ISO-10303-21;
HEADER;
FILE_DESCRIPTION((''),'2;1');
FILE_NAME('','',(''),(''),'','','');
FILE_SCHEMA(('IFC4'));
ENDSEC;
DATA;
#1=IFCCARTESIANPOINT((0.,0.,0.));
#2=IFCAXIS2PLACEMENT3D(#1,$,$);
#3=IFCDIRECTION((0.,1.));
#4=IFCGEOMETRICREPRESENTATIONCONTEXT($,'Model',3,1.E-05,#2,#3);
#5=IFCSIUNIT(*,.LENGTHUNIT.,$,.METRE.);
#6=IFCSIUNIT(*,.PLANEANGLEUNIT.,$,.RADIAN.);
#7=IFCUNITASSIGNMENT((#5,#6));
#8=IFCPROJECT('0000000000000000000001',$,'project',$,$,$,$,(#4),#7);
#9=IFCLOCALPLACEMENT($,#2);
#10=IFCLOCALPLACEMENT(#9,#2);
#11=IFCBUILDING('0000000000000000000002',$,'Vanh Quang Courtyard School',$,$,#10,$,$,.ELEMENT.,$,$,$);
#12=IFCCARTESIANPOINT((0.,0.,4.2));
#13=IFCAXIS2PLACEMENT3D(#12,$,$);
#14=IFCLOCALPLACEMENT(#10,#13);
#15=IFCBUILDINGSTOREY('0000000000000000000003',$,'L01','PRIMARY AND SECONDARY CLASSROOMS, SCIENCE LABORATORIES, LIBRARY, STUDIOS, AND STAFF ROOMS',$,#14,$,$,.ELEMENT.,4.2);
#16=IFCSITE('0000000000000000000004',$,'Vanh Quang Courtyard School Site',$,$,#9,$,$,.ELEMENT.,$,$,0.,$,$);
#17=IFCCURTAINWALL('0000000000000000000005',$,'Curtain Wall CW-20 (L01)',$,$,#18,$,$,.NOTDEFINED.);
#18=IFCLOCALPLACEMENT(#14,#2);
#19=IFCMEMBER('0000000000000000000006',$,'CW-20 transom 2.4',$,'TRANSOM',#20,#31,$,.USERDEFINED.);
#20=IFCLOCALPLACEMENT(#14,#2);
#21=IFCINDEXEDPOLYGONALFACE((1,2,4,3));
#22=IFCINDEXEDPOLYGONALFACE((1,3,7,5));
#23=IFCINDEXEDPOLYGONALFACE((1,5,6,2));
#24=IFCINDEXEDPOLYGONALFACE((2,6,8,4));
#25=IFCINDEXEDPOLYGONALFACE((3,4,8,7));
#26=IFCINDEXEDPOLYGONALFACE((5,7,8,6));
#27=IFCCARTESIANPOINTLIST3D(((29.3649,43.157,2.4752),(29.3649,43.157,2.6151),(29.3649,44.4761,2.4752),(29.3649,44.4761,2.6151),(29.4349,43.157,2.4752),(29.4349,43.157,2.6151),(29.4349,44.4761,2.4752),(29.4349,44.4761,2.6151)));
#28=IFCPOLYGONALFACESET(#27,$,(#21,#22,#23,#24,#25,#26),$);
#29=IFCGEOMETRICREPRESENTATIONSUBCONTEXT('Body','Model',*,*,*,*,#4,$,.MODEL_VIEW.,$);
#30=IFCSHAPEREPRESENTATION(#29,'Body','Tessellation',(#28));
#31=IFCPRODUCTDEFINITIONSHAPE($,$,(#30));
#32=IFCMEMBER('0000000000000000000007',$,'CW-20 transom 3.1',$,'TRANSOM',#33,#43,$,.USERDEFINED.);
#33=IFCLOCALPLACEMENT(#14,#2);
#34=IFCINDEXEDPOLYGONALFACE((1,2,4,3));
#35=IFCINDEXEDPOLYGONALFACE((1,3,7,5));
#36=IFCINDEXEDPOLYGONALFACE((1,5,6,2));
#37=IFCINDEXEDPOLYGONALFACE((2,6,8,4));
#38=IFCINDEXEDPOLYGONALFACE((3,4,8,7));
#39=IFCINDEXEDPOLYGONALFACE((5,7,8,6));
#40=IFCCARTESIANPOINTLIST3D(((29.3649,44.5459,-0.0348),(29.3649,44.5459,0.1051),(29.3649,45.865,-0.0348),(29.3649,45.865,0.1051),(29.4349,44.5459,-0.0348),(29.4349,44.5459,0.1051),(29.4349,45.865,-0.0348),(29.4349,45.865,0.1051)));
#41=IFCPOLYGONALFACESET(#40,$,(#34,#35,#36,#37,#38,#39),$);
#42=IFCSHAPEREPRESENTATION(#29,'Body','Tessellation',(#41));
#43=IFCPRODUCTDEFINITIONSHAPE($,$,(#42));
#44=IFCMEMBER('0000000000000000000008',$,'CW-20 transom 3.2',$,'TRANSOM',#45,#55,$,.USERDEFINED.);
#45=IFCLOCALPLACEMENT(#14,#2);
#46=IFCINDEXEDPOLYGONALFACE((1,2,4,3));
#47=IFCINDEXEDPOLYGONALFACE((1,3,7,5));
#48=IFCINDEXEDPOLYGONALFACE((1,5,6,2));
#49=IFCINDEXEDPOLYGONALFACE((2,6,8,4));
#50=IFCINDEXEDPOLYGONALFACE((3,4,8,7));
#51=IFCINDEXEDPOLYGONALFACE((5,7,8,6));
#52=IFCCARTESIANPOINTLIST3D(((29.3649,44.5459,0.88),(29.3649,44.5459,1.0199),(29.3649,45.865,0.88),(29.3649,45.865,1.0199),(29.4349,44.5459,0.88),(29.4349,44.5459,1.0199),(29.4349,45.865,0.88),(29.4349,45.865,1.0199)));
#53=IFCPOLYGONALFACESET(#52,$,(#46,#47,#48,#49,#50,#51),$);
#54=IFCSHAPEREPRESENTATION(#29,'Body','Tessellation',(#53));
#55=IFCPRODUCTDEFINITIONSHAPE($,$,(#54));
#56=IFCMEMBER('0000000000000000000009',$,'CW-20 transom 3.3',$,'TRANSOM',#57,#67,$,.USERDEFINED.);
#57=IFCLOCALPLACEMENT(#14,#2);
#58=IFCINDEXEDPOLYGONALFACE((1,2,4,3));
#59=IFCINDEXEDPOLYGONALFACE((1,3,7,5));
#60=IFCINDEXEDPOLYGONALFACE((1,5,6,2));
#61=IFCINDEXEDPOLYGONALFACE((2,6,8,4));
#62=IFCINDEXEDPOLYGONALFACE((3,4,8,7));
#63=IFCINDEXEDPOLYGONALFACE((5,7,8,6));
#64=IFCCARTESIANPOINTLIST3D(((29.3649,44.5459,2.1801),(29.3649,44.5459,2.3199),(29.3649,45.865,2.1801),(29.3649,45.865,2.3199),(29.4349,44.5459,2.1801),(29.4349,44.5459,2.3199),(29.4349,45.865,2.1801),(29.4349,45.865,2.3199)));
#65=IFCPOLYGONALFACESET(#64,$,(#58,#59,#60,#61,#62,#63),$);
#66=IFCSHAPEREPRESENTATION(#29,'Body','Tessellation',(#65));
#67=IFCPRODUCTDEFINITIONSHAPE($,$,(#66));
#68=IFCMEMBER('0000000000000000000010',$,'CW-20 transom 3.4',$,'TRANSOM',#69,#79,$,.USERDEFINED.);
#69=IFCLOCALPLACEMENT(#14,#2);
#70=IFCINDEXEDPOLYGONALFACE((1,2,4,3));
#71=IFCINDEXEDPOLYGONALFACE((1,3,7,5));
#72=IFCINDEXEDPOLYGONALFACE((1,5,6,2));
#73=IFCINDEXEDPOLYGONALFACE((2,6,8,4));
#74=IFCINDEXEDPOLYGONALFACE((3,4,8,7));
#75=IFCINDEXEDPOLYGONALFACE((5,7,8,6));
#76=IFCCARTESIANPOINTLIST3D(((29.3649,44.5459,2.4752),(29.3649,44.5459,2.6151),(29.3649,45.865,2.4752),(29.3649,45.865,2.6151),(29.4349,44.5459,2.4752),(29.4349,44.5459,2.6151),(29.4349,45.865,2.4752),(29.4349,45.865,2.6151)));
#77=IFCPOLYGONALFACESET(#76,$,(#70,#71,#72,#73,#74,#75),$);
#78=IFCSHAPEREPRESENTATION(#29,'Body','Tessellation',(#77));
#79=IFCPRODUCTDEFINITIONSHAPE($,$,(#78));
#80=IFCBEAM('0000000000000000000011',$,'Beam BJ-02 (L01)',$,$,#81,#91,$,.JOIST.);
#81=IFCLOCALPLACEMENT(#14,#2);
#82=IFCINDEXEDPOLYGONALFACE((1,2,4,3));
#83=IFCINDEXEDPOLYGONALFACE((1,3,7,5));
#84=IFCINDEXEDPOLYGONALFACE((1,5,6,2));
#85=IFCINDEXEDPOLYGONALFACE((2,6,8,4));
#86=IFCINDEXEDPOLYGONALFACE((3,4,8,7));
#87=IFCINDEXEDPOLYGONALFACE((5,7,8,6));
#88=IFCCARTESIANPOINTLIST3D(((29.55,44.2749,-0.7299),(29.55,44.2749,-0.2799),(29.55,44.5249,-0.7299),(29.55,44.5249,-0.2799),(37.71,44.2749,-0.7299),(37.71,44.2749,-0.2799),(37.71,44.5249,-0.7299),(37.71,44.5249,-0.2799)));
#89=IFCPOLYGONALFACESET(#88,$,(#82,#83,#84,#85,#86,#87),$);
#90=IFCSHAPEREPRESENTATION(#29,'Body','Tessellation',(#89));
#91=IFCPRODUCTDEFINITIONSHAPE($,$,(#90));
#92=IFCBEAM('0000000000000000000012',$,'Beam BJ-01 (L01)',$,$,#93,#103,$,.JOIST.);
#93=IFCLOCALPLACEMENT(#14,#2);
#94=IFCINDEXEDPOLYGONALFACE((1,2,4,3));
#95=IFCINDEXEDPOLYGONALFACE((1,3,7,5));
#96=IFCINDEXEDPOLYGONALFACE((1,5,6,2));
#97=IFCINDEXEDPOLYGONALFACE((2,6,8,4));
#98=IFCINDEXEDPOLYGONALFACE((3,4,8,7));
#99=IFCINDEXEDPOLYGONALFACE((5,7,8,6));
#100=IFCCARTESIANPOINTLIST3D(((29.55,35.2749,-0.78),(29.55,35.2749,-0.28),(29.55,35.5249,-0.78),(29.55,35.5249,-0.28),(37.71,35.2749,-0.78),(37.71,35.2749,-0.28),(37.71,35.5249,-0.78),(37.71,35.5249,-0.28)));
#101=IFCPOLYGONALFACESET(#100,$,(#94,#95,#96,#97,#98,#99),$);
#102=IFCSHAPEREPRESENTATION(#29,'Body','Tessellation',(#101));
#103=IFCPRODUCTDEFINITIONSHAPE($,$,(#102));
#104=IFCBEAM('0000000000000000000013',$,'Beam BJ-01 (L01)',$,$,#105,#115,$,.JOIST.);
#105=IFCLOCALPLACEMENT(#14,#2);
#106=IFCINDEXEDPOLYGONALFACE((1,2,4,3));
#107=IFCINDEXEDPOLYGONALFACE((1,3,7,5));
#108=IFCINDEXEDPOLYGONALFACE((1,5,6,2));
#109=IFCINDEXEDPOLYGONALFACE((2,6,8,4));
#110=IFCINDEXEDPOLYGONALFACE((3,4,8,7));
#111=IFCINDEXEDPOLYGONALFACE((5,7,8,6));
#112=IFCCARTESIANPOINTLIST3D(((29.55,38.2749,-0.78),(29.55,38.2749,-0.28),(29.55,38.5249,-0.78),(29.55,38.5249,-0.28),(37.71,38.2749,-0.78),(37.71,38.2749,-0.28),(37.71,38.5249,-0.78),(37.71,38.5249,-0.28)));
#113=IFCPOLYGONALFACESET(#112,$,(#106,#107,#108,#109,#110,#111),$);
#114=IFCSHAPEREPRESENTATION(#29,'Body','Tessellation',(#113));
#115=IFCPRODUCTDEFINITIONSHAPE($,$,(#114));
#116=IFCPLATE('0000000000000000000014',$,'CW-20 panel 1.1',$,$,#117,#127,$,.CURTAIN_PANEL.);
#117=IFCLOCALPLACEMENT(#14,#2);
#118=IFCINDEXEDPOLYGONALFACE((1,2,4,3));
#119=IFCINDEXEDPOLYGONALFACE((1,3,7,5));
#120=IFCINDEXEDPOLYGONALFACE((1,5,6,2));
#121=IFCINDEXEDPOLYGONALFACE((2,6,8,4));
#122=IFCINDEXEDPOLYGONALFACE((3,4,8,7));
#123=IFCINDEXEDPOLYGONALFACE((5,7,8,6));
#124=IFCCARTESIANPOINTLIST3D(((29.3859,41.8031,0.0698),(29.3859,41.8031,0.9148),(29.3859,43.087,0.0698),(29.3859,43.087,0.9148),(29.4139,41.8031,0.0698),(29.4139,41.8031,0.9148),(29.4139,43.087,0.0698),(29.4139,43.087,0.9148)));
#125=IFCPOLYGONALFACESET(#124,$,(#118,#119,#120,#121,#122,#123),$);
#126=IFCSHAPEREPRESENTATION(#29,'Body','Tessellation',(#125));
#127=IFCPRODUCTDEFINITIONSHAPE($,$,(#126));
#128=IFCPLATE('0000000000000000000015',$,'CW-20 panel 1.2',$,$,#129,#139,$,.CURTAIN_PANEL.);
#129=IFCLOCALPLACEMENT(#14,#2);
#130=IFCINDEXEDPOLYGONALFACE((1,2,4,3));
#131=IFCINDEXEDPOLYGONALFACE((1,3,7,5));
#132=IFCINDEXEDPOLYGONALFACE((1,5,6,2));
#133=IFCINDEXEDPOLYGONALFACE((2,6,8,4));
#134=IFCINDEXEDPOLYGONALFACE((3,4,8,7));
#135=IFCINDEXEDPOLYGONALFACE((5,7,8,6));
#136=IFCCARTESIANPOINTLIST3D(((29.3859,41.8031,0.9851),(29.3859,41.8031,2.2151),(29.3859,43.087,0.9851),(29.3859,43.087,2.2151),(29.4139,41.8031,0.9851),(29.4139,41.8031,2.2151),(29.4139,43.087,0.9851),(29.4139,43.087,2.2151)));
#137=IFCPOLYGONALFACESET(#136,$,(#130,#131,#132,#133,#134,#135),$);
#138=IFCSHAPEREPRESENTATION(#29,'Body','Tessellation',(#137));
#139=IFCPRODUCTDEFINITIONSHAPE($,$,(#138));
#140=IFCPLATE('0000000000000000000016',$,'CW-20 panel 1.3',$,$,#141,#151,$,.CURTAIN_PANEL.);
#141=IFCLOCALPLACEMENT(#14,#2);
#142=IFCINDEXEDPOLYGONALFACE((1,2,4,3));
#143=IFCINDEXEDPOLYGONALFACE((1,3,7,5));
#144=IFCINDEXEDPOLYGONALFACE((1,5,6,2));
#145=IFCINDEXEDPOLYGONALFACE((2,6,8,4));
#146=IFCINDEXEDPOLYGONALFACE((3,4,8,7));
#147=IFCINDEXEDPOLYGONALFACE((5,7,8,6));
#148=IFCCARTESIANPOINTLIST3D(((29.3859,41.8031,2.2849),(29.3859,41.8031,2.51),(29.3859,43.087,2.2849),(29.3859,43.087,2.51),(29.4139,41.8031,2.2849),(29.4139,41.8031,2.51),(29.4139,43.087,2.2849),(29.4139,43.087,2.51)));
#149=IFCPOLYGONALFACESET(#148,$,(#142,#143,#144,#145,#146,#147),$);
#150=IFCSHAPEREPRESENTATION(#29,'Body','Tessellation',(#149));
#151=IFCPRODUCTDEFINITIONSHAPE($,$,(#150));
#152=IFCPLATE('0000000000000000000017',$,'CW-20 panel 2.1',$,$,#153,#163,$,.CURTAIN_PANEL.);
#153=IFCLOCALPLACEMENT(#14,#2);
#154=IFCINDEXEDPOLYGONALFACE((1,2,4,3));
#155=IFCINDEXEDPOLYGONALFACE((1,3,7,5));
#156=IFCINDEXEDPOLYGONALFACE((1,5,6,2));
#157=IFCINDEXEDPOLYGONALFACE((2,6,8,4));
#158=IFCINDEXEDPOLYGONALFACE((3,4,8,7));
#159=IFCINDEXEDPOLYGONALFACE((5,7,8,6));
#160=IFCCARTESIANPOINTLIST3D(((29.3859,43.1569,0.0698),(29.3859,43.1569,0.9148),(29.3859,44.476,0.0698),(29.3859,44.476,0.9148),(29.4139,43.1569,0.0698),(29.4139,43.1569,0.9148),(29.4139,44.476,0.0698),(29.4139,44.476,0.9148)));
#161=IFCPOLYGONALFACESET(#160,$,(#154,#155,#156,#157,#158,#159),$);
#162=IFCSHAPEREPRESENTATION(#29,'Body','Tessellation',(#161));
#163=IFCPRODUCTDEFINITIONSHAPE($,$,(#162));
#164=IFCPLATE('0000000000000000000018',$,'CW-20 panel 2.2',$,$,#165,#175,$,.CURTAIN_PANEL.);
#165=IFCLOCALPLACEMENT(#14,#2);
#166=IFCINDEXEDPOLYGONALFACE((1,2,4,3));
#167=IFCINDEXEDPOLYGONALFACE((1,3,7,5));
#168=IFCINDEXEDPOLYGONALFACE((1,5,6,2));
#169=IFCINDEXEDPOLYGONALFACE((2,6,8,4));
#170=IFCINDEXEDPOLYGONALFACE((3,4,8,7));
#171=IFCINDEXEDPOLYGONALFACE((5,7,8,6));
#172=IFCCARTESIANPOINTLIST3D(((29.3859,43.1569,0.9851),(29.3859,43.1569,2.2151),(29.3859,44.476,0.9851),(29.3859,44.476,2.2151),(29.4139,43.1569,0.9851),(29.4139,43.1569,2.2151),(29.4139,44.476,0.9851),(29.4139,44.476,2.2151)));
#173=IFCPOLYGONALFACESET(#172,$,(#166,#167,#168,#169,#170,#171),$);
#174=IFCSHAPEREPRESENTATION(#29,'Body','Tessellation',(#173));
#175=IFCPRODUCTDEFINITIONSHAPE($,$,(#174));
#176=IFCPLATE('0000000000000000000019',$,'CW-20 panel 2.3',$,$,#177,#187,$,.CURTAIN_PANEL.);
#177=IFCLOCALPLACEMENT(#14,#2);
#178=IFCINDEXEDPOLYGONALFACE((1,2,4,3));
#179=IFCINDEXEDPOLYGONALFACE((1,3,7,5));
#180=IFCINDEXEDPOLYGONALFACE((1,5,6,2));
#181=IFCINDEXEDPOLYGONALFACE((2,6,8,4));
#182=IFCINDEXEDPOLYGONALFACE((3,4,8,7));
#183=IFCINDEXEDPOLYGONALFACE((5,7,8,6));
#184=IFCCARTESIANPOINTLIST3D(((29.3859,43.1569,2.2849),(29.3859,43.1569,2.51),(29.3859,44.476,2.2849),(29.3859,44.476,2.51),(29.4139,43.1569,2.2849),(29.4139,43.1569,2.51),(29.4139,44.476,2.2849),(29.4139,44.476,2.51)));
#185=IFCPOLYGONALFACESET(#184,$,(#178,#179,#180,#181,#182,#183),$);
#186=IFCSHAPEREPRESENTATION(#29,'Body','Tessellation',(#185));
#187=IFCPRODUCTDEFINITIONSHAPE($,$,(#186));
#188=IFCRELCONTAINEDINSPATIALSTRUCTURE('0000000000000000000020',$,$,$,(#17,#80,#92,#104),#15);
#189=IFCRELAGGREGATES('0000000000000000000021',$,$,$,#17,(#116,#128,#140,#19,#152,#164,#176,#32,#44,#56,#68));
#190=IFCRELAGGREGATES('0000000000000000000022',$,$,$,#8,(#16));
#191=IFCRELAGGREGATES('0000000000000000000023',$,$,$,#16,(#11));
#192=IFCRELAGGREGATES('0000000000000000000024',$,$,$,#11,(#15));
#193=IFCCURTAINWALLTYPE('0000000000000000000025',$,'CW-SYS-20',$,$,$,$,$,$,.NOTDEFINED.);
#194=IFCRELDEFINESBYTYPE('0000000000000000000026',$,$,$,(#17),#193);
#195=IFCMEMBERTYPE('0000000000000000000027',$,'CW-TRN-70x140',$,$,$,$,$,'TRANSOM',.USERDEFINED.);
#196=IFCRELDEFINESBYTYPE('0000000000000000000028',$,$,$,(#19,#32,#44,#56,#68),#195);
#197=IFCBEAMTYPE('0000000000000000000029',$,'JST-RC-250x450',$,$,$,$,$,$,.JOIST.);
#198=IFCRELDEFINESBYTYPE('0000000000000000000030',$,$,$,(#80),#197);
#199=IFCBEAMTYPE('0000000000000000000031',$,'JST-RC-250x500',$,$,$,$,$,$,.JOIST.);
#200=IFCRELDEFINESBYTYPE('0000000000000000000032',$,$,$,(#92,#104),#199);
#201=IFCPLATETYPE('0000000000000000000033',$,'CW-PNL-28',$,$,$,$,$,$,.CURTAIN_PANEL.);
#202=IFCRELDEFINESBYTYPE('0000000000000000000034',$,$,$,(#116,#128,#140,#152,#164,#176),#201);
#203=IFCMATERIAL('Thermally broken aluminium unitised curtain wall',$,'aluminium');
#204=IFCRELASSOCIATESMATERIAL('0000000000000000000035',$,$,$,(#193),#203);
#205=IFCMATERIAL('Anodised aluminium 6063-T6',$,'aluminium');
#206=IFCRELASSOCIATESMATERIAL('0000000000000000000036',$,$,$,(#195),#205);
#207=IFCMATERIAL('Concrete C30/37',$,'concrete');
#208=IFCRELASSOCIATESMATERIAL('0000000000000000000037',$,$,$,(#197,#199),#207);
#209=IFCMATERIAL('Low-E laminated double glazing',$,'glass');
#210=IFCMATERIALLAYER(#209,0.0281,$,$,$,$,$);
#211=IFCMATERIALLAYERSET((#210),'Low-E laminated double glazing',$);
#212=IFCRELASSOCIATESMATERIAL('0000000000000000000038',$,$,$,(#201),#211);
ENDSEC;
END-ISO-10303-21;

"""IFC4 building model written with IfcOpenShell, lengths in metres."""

from ifc_helpers import new_model, si_unit, direction, frame, origin, origin_2d, place, context, subcontext, project, spatial, rectangle, extrude, material, layer, layer_set, material_profile, profile_set, type_object, element, aggregate, save


model = new_model("IFC4")

# Units and contexts
model_context = context("Model", 3, precision=1e-05, world=origin(), true_north=direction((0.0, 1.0)))
body_context = subcontext(model_context, "Body", "Model", "MODEL_VIEW")
ifc_project = project(units=[si_unit("LENGTHUNIT", "METRE"), si_unit("PLANEANGLEUNIT", "RADIAN")], contexts=[model_context])

# Site, building, storey
site_placement = place(None, origin())
site = spatial("IfcSite", under=ifc_project, at=site_placement, Name="Vanh Quang Courtyard School Site", CompositionType="ELEMENT", RefElevation=0.0)
building_placement = place(site_placement, origin())
building = spatial("IfcBuilding", under=site, at=building_placement, Name="Vanh Quang Courtyard School", CompositionType="ELEMENT")
storey_placement = place(building_placement, frame((0.0, 0.0, 4.2)))
storey = spatial("IfcBuildingStorey", under=building, at=storey_placement, Name="L01", Description="PRIMARY AND SECONDARY CLASSROOMS, SCIENCE LABORATORIES, LIBRARY, STUDIOS, AND STAFF ROOMS", CompositionType="ELEMENT", Elevation=4.2)

# Curtain wall, members
ifc_material_1 = material(Name="Thermally broken aluminium unitised curtain wall", Category="aluminium")
curtain_wall_type = type_object("IfcCurtainWallType", Name="CW-SYS-20", PredefinedType="NOTDEFINED", material=ifc_material_1)
curtain_wall_placement = place(storey_placement, origin())
curtain_wall = element("IfcCurtainWall", 1, at=curtain_wall_placement, inside=storey, type_object=curtain_wall_type, Name="Curtain Wall CW-20 (L01)", PredefinedType="NOTDEFINED")
ifc_material_2 = material(Name="Anodised aluminium 6063-T6", Category="aluminium")
ifc_material_profile_1 = material_profile(ifc_material_2, rectangle(XDim=0.0701, YDim=0.1399, at=origin_2d()), Name="ALU-TRN 70x140")
ifc_profile_set_1 = profile_set([ifc_material_profile_1], Name="Anodised aluminium 6063-T6")
member_type_1 = type_object("IfcMemberType", Name="CW-TRN-70x140", ElementType="TRANSOM", PredefinedType="USERDEFINED", material=ifc_profile_set_1)
member_1_placement = place(storey_placement, frame((29.3999, 43.157, 2.5452), z_axis=(0.0, 1.0, 0.0), x_axis=(-1.0, 0.0, 0.0)))
member_1 = element("IfcMember", 2, at=member_1_placement, type_object=member_type_1, Name="CW-20 transom 2.4", ObjectType="TRANSOM", PredefinedType="USERDEFINED", context=body_context, shape_type="SweptSolid", body=[
    extrude(rectangle(XDim=0.0701, YDim=0.1399, at=origin_2d()), origin(), (0.0, 0.0, 1.0), 1.3191),
])
member_2_placement = place(storey_placement, frame((29.3999, 44.5459, 0.0352), z_axis=(0.0, 1.0, 0.0), x_axis=(-1.0, 0.0, 0.0)))
member_2 = element("IfcMember", 3, at=member_2_placement, type_object=member_type_1, Name="CW-20 transom 3.1", ObjectType="TRANSOM", PredefinedType="USERDEFINED", context=body_context, shape_type="SweptSolid", body=[
    extrude(rectangle(XDim=0.0701, YDim=0.1399, at=origin_2d()), origin(), (0.0, 0.0, 1.0), 1.3191),
])
member_3_placement = place(storey_placement, frame((29.3999, 44.5459, 0.95), z_axis=(0.0, 1.0, 0.0), x_axis=(-1.0, 0.0, 0.0)))
member_3 = element("IfcMember", 4, at=member_3_placement, type_object=member_type_1, Name="CW-20 transom 3.2", ObjectType="TRANSOM", PredefinedType="USERDEFINED", context=body_context, shape_type="SweptSolid", body=[
    extrude(rectangle(XDim=0.0701, YDim=0.1399, at=origin_2d()), origin(), (0.0, 0.0, 1.0), 1.3191),
])
member_4_placement = place(storey_placement, frame((29.3999, 44.5459, 2.25), z_axis=(0.0, 1.0, 0.0), x_axis=(-1.0, 0.0, 0.0)))
member_4 = element("IfcMember", 5, at=member_4_placement, type_object=member_type_1, Name="CW-20 transom 3.3", ObjectType="TRANSOM", PredefinedType="USERDEFINED", context=body_context, shape_type="SweptSolid", body=[
    extrude(rectangle(XDim=0.0701, YDim=0.1399, at=origin_2d()), origin(), (0.0, 0.0, 1.0), 1.3191),
])
member_5_placement = place(storey_placement, frame((29.3999, 44.5459, 2.5452), z_axis=(0.0, 1.0, 0.0), x_axis=(-1.0, 0.0, 0.0)))
member_5 = element("IfcMember", 6, at=member_5_placement, type_object=member_type_1, Name="CW-20 transom 3.4", ObjectType="TRANSOM", PredefinedType="USERDEFINED", context=body_context, shape_type="SweptSolid", body=[
    extrude(rectangle(XDim=0.0701, YDim=0.1399, at=origin_2d()), origin(), (0.0, 0.0, 1.0), 1.3191),
])

# Beams
ifc_material_3 = material(Name="Concrete C30/37", Category="concrete")
ifc_material_profile_2 = material_profile(ifc_material_3, rectangle(XDim=0.25, YDim=0.45, at=origin_2d()), Name="RC-JST 250x450")
ifc_profile_set_2 = profile_set([ifc_material_profile_2], Name="Concrete C30/37")
beam_type_1 = type_object("IfcBeamType", Name="JST-RC-250x450", PredefinedType="JOIST", material=ifc_profile_set_2)
beam_1_placement = place(storey_placement, frame((29.55, 44.3999, -0.5049), z_axis=(1.0, 0.0, 0.0), x_axis=(0.0, 1.0, 0.0)))
element("IfcBeam", 7, at=beam_1_placement, inside=storey, type_object=beam_type_1, Name="Beam BJ-02 (L01)", PredefinedType="JOIST", context=body_context, shape_type="SweptSolid", body=[
    extrude(rectangle(XDim=0.25, YDim=0.45, at=origin_2d()), origin(), (0.0, 0.0, 1.0), 8.1599),
])
ifc_material_profile_3 = material_profile(ifc_material_3, rectangle(XDim=0.25, YDim=0.5, at=origin_2d()), Name="RC-JST 250x500")
ifc_profile_set_3 = profile_set([ifc_material_profile_3], Name="Concrete C30/37")
beam_type_2 = type_object("IfcBeamType", Name="JST-RC-250x500", PredefinedType="JOIST", material=ifc_profile_set_3)
for number, where, z_axis, x_axis, name in (
    (8, (29.55, 35.3999, -0.53), (1.0, 0.0, 0.0), (0.0, 1.0, 0.0), "Beam BJ-01 (L01)"),
    (9, (29.55, 38.3999, -0.53), (1.0, 0.0, 0.0), (0.0, 1.0, 0.0), "Beam BJ-01 (L01)"),
):
    element("IfcBeam", number, at=place(storey_placement, frame(where, z_axis=z_axis, x_axis=x_axis)), inside=storey, type_object=beam_type_2, Name=name, PredefinedType="JOIST", context=body_context, shape_type="SweptSolid", body=[
        extrude(rectangle(XDim=0.25, YDim=0.5, at=origin_2d()), origin(), (0.0, 0.0, 1.0), 8.1599),
    ])

# Plates
ifc_material_4 = material(Name="Low-E laminated double glazing", Category="glass")
ifc_layer_1 = layer(ifc_material_4, 0.0281)
ifc_layer_set_1 = layer_set([ifc_layer_1], Name="Low-E laminated double glazing")
plate_type = type_object("IfcPlateType", Name="CW-PNL-28", PredefinedType="CURTAIN_PANEL", material=ifc_layer_set_1)
plate_1_placement = place(storey_placement, frame((29.3999, 42.4451, 0.0698), z_axis=(0.0, 0.0, 1.0), x_axis=(0.0, 1.0, 0.0)))
plate_1 = element("IfcPlate", 10, at=plate_1_placement, type_object=plate_type, Name="CW-20 panel 1.1", PredefinedType="CURTAIN_PANEL", context=body_context, shape_type="SweptSolid", body=[
    extrude(rectangle(XDim=1.2839, YDim=0.0281, at=origin_2d()), origin(), (0.0, 0.0, 1.0), 0.845),
])
plate_2_placement = place(storey_placement, frame((29.3999, 42.4451, 0.9851), z_axis=(0.0, 0.0, 1.0), x_axis=(0.0, 1.0, 0.0)))
plate_2 = element("IfcPlate", 11, at=plate_2_placement, type_object=plate_type, Name="CW-20 panel 1.2", PredefinedType="CURTAIN_PANEL", context=body_context, shape_type="SweptSolid", body=[
    extrude(rectangle(XDim=1.2839, YDim=0.0281, at=origin_2d()), origin(), (0.0, 0.0, 1.0), 1.23),
])
plate_3_placement = place(storey_placement, frame((29.3999, 42.4451, 2.2849), z_axis=(0.0, 0.0, 1.0), x_axis=(0.0, 1.0, 0.0)))
plate_3 = element("IfcPlate", 12, at=plate_3_placement, type_object=plate_type, Name="CW-20 panel 1.3", PredefinedType="CURTAIN_PANEL", context=body_context, shape_type="SweptSolid", body=[
    extrude(rectangle(XDim=1.2839, YDim=0.0281, at=origin_2d()), origin(), (0.0, 0.0, 1.0), 0.2251),
])
plate_4_placement = place(storey_placement, frame((29.3999, 43.8164, 0.0698), z_axis=(0.0, 0.0, 1.0), x_axis=(0.0, 1.0, 0.0)))
plate_4 = element("IfcPlate", 13, at=plate_4_placement, type_object=plate_type, Name="CW-20 panel 2.1", PredefinedType="CURTAIN_PANEL", context=body_context, shape_type="SweptSolid", body=[
    extrude(rectangle(XDim=1.3191, YDim=0.0281, at=origin_2d()), origin(), (0.0, 0.0, 1.0), 0.845),
])
plate_5_placement = place(storey_placement, frame((29.3999, 43.8164, 0.9851), z_axis=(0.0, 0.0, 1.0), x_axis=(0.0, 1.0, 0.0)))
plate_5 = element("IfcPlate", 14, at=plate_5_placement, type_object=plate_type, Name="CW-20 panel 2.2", PredefinedType="CURTAIN_PANEL", context=body_context, shape_type="SweptSolid", body=[
    extrude(rectangle(XDim=1.3191, YDim=0.0281, at=origin_2d()), origin(), (0.0, 0.0, 1.0), 1.23),
])
plate_6_placement = place(storey_placement, frame((29.3999, 43.8164, 2.2849), z_axis=(0.0, 0.0, 1.0), x_axis=(0.0, 1.0, 0.0)))
plate_6 = element("IfcPlate", 15, at=plate_6_placement, type_object=plate_type, Name="CW-20 panel 2.3", PredefinedType="CURTAIN_PANEL", context=body_context, shape_type="SweptSolid", body=[
    extrude(rectangle(XDim=1.3191, YDim=0.0281, at=origin_2d()), origin(), (0.0, 0.0, 1.0), 0.2251),
])
aggregate(curtain_wall, [plate_1, plate_2, plate_3, member_1, plate_4, plate_5, plate_6, member_2, member_3, member_4, member_5])

save(model, "model.ifc")
